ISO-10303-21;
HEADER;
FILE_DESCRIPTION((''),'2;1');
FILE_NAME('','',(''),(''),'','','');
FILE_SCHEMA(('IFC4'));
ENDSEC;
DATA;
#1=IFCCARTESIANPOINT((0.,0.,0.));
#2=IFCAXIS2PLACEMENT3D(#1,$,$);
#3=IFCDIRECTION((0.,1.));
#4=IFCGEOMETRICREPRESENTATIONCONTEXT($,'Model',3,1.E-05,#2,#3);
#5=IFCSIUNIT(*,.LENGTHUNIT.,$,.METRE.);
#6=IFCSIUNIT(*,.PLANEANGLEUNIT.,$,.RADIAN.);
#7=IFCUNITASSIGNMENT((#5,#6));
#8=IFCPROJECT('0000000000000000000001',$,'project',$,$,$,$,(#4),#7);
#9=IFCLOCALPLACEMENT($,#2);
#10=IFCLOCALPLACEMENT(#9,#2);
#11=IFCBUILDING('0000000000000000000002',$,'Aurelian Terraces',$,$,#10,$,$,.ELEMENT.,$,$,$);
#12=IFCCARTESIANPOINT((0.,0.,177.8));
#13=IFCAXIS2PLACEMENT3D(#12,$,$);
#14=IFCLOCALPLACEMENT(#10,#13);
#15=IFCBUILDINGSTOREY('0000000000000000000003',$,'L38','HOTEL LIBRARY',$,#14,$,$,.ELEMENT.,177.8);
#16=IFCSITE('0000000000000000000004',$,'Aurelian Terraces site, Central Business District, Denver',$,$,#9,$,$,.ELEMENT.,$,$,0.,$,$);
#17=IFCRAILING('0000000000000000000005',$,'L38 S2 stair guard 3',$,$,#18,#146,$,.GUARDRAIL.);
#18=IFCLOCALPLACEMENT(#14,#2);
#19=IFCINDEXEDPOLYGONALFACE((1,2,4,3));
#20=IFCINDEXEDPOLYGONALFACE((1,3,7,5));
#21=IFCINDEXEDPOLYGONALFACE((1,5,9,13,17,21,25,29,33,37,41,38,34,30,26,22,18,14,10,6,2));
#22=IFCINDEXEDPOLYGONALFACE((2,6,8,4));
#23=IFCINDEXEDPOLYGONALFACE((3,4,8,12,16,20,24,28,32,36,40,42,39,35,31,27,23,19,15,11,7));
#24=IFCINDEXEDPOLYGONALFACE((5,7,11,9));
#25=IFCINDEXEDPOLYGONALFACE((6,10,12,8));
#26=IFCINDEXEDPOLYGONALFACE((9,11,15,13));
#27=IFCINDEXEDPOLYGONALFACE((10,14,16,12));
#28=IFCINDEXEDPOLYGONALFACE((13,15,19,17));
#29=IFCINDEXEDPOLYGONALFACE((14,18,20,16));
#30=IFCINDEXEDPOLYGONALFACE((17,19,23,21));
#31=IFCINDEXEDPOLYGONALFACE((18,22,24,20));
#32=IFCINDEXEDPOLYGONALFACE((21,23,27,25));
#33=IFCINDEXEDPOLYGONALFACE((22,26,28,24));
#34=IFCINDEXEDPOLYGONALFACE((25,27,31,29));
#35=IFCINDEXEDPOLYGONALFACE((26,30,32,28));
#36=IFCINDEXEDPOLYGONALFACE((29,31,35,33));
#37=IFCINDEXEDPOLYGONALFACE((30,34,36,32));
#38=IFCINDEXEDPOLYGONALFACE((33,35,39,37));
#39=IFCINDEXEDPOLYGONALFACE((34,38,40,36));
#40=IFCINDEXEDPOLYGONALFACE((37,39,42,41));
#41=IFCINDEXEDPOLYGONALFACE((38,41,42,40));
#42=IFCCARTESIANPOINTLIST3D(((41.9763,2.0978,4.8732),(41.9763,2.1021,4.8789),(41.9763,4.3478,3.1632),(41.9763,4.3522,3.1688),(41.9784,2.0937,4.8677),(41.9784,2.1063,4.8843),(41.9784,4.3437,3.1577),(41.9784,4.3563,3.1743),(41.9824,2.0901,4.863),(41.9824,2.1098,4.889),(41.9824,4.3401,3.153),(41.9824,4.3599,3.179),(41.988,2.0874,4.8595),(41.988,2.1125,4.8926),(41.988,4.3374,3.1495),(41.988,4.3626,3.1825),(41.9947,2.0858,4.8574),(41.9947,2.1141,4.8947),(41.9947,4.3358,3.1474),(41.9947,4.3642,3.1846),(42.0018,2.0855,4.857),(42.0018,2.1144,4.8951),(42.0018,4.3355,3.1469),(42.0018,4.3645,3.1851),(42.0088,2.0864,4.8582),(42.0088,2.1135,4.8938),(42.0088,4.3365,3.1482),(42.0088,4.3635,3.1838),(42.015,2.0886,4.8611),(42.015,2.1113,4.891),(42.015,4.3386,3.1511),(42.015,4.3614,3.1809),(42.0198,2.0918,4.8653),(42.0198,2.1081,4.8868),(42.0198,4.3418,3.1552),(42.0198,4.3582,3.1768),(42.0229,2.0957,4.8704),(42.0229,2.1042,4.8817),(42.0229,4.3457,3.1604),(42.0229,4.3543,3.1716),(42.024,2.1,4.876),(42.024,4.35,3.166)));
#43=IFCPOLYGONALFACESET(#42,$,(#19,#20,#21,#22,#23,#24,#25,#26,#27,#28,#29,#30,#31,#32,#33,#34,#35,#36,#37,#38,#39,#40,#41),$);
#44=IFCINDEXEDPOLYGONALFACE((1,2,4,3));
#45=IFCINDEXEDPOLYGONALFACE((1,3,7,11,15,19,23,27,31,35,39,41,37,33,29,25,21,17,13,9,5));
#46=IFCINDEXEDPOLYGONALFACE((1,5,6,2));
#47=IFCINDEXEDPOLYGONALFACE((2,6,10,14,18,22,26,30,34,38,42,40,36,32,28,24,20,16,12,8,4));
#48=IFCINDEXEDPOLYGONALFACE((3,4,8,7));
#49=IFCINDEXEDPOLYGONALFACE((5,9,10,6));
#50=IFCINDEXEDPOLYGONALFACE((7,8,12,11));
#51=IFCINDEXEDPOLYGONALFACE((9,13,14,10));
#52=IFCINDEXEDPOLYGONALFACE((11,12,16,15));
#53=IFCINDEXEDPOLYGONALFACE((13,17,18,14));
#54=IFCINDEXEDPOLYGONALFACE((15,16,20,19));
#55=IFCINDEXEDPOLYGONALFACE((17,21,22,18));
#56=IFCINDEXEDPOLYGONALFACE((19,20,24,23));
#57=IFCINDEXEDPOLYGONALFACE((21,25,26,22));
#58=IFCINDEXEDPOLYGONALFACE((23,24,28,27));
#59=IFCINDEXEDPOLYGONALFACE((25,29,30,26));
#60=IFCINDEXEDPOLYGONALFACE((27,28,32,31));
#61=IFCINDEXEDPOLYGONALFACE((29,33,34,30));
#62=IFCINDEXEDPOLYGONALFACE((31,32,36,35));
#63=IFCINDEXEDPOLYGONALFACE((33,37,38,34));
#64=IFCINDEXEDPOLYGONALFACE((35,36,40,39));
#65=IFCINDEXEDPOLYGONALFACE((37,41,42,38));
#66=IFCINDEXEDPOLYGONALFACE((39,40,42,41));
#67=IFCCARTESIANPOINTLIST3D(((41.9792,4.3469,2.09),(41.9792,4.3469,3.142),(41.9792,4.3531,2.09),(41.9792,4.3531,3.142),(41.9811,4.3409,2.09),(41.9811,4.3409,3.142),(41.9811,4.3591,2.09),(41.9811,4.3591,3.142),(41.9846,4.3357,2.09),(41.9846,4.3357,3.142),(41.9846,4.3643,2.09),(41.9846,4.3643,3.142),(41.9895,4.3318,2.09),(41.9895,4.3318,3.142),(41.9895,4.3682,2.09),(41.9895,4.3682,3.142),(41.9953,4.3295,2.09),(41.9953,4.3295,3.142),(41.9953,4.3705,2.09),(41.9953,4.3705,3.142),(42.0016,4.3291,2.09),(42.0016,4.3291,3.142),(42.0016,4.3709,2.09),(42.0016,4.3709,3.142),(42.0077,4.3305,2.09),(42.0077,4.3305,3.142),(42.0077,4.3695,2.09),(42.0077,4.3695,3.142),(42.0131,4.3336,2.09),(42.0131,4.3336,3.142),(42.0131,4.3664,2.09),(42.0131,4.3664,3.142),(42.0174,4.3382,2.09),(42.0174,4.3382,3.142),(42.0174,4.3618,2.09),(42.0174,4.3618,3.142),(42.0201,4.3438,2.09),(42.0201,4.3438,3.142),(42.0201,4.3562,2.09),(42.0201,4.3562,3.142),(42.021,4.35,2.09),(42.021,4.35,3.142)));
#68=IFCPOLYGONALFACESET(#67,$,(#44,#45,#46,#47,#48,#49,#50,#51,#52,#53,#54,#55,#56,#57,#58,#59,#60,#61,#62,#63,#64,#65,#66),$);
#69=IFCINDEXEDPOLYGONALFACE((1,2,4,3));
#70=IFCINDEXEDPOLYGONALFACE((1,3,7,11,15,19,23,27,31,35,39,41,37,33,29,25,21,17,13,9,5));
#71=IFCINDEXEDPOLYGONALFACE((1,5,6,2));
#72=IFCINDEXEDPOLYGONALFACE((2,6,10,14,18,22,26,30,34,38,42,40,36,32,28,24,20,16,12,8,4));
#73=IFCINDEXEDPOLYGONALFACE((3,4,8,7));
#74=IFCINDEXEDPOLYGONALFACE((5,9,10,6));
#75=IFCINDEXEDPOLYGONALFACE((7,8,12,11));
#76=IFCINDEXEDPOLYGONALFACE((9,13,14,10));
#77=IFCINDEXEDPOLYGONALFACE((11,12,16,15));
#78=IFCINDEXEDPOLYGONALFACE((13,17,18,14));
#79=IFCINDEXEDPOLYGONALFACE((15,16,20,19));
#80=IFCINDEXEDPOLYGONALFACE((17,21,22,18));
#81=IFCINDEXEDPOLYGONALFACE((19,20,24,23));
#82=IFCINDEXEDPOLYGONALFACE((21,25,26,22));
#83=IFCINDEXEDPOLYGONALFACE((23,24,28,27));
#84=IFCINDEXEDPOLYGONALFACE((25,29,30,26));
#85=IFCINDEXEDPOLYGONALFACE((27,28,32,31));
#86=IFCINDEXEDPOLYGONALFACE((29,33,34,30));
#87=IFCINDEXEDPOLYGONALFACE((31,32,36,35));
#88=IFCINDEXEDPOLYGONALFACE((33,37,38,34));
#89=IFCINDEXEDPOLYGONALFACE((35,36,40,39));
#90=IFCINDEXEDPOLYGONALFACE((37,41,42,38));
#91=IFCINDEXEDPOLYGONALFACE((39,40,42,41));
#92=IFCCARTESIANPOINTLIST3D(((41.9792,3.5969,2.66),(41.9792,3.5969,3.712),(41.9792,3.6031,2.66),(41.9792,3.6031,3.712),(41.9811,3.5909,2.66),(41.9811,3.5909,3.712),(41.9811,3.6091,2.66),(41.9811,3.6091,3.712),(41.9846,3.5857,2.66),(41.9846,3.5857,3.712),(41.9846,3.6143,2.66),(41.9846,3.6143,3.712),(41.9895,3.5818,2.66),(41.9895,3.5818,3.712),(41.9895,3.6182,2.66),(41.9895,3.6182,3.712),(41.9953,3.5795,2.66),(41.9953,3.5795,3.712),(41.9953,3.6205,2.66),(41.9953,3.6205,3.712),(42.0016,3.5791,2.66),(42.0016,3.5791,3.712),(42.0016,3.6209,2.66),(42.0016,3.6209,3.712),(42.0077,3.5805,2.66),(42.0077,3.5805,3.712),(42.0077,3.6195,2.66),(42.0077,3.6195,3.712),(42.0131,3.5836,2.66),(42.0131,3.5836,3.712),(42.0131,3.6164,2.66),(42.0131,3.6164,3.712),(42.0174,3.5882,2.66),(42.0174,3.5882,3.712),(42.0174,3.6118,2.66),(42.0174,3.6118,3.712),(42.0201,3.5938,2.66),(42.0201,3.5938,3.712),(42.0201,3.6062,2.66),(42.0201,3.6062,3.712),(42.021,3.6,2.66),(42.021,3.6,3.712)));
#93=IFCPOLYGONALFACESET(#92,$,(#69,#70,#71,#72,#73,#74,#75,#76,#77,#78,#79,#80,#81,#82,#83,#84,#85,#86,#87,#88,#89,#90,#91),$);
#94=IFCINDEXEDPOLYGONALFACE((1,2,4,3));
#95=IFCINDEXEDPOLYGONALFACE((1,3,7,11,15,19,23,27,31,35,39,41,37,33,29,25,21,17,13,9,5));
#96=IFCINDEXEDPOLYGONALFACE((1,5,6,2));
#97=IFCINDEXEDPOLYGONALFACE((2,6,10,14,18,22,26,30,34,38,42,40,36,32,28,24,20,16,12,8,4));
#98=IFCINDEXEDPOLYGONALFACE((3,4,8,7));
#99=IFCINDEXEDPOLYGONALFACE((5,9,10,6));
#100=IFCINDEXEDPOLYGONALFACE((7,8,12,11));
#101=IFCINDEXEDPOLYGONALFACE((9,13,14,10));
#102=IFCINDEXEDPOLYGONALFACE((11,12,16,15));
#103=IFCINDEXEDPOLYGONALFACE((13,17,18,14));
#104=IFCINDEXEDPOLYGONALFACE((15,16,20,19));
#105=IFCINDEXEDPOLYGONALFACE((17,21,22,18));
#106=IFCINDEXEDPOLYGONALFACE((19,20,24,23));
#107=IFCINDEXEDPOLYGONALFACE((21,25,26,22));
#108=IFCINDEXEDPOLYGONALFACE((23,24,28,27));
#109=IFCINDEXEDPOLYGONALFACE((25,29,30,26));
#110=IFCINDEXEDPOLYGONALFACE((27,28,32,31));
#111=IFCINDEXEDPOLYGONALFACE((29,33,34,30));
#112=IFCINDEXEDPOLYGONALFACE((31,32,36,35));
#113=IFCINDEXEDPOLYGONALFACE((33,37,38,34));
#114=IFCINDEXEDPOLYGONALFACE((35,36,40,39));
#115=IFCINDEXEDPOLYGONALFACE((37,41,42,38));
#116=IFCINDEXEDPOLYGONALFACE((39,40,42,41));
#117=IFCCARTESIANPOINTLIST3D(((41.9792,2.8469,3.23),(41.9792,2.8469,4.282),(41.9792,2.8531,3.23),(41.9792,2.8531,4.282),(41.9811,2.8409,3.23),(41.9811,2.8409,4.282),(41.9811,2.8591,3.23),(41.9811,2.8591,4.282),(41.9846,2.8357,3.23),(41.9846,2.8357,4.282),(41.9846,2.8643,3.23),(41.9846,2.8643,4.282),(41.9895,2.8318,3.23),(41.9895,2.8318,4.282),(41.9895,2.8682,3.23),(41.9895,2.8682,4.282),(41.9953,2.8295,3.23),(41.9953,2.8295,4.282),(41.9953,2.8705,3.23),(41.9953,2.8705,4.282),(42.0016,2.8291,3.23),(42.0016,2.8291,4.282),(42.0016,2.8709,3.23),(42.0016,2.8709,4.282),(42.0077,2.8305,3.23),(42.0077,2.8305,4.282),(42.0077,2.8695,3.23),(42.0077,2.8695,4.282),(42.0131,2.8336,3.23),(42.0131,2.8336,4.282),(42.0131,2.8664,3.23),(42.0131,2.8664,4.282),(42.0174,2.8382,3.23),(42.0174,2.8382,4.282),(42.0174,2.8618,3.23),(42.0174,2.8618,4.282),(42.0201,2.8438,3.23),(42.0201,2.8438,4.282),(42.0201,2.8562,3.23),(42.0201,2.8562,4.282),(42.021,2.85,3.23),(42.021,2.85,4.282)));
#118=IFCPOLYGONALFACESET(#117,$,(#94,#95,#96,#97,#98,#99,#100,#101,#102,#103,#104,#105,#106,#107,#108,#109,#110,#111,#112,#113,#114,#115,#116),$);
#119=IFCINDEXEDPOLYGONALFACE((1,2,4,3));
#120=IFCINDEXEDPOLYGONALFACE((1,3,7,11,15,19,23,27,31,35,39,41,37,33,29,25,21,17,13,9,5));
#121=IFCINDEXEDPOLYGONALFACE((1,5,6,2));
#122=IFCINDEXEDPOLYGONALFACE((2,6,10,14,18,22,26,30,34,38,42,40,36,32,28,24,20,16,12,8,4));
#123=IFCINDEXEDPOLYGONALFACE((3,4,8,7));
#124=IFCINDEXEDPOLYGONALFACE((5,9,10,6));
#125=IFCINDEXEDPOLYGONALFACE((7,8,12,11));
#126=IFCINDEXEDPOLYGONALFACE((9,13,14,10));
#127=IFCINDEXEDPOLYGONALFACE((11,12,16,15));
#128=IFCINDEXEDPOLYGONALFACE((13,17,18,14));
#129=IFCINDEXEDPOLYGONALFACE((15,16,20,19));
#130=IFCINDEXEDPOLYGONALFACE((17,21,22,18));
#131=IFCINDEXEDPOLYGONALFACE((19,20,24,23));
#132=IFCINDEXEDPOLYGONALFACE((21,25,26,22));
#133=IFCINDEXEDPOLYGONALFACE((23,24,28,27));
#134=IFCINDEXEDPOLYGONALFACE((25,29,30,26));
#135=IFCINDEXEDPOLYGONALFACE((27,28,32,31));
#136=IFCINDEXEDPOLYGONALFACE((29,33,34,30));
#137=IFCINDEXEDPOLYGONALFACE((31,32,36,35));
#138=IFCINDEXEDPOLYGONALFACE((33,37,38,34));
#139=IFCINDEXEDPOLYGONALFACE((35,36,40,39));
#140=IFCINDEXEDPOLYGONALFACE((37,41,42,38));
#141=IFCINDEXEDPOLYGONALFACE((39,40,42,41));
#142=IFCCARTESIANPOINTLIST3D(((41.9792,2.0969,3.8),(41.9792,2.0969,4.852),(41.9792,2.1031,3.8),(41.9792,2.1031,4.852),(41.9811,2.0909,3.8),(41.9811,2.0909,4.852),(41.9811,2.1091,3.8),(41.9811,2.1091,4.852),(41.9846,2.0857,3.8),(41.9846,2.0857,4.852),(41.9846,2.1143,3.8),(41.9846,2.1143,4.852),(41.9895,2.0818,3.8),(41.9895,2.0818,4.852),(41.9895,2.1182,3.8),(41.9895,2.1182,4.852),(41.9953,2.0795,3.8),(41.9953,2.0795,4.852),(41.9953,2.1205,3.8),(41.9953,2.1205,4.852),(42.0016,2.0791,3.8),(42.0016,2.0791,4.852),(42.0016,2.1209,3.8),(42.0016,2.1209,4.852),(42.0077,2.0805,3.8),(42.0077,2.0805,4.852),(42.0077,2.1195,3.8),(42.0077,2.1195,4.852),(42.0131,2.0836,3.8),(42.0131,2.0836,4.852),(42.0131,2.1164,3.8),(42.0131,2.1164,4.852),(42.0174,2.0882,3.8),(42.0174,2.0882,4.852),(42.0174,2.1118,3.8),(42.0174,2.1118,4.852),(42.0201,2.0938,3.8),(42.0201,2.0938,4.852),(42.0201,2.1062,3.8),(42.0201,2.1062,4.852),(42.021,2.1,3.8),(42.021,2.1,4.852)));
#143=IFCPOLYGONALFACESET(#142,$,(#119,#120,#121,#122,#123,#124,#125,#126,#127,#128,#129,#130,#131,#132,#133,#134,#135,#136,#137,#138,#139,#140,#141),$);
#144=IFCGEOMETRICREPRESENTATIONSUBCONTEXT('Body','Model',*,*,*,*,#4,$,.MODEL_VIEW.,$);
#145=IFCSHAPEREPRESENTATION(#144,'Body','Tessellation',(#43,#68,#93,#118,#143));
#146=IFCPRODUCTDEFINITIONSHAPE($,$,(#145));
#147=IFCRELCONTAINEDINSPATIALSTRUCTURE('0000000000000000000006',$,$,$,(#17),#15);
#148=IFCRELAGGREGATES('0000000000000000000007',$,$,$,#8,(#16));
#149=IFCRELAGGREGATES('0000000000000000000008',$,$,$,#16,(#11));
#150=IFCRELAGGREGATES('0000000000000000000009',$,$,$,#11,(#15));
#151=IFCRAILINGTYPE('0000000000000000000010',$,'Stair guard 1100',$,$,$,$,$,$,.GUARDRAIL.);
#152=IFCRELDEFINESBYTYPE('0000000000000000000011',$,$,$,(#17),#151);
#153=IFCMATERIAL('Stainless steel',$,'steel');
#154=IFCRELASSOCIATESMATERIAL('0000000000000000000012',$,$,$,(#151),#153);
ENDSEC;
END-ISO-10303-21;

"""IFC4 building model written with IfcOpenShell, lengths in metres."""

from ifc_helpers import new_model, si_unit, direction, frame, origin, origin_2d, place, context, subcontext, project, spatial, circle, extrude, source, transform, mapped, material, type_object, element, save


model = new_model("IFC4")

# Units and contexts
model_context = context("Model", 3, precision=1e-05, world=origin(), true_north=direction((0.0, 1.0)))
body_context = subcontext(model_context, "Body", "Model", "MODEL_VIEW")
ifc_project = project(units=[si_unit("LENGTHUNIT", "METRE"), si_unit("PLANEANGLEUNIT", "RADIAN")], contexts=[model_context])

# Site, building, storey
site_placement = place(None, origin())
site = spatial("IfcSite", under=ifc_project, at=site_placement, Name="Aurelian Terraces site, Central Business District, Denver", CompositionType="ELEMENT", RefElevation=0.0)
building_placement = place(site_placement, origin())
building = spatial("IfcBuilding", under=site, at=building_placement, Name="Aurelian Terraces", CompositionType="ELEMENT")
storey_placement = place(building_placement, frame((0.0, 0.0, 177.8)))
storey = spatial("IfcBuildingStorey", under=building, at=storey_placement, Name="L38", Description="HOTEL LIBRARY", CompositionType="ELEMENT", Elevation=177.8)

# Railing
ifc_material_1 = material(Name="Stainless steel", Category="steel")
railing_type_1 = type_object("IfcRailingType", Name="Stair guard 1100", PredefinedType="GUARDRAIL", material=ifc_material_1)
shared_shape_1 = source(origin(), body_context, "Body", "SweptSolid", [
    extrude(circle(Radius=0.024, at=origin_2d()), frame((0.0, 0.0, 1.076), z_axis=(0.0, -0.796162, 0.605083), x_axis=(1.0, 0.0, 0.0)), (0.0, 0.0, 1.0), 2.8261),
    extrude(circle(Radius=0.021, at=origin_2d()), origin(), (0.0, 0.0, 1.0), 1.052),
    extrude(circle(Radius=0.021, at=origin_2d()), frame((0.0, -0.75, 0.57)), (0.0, 0.0, 1.0), 1.052),
    extrude(circle(Radius=0.021, at=origin_2d()), frame((0.0, -1.5, 1.14)), (0.0, 0.0, 1.0), 1.052),
    extrude(circle(Radius=0.021, at=origin_2d()), frame((0.0, -2.25, 1.71)), (0.0, 0.0, 1.0), 1.052),
])
railing_1_placement = place(storey_placement, frame((42.0, 4.35, 2.09)))
element("IfcRailing", 1, at=railing_1_placement, inside=storey, type_object=railing_type_1, Name="L38 S2 stair guard 3", PredefinedType="GUARDRAIL", context=body_context, shape_type="MappedRepresentation", body=[
    mapped(shared_shape_1, transform((0.0, 0.0, 0.0), scale=1.0)),
])

save(model, "model.ifc")
